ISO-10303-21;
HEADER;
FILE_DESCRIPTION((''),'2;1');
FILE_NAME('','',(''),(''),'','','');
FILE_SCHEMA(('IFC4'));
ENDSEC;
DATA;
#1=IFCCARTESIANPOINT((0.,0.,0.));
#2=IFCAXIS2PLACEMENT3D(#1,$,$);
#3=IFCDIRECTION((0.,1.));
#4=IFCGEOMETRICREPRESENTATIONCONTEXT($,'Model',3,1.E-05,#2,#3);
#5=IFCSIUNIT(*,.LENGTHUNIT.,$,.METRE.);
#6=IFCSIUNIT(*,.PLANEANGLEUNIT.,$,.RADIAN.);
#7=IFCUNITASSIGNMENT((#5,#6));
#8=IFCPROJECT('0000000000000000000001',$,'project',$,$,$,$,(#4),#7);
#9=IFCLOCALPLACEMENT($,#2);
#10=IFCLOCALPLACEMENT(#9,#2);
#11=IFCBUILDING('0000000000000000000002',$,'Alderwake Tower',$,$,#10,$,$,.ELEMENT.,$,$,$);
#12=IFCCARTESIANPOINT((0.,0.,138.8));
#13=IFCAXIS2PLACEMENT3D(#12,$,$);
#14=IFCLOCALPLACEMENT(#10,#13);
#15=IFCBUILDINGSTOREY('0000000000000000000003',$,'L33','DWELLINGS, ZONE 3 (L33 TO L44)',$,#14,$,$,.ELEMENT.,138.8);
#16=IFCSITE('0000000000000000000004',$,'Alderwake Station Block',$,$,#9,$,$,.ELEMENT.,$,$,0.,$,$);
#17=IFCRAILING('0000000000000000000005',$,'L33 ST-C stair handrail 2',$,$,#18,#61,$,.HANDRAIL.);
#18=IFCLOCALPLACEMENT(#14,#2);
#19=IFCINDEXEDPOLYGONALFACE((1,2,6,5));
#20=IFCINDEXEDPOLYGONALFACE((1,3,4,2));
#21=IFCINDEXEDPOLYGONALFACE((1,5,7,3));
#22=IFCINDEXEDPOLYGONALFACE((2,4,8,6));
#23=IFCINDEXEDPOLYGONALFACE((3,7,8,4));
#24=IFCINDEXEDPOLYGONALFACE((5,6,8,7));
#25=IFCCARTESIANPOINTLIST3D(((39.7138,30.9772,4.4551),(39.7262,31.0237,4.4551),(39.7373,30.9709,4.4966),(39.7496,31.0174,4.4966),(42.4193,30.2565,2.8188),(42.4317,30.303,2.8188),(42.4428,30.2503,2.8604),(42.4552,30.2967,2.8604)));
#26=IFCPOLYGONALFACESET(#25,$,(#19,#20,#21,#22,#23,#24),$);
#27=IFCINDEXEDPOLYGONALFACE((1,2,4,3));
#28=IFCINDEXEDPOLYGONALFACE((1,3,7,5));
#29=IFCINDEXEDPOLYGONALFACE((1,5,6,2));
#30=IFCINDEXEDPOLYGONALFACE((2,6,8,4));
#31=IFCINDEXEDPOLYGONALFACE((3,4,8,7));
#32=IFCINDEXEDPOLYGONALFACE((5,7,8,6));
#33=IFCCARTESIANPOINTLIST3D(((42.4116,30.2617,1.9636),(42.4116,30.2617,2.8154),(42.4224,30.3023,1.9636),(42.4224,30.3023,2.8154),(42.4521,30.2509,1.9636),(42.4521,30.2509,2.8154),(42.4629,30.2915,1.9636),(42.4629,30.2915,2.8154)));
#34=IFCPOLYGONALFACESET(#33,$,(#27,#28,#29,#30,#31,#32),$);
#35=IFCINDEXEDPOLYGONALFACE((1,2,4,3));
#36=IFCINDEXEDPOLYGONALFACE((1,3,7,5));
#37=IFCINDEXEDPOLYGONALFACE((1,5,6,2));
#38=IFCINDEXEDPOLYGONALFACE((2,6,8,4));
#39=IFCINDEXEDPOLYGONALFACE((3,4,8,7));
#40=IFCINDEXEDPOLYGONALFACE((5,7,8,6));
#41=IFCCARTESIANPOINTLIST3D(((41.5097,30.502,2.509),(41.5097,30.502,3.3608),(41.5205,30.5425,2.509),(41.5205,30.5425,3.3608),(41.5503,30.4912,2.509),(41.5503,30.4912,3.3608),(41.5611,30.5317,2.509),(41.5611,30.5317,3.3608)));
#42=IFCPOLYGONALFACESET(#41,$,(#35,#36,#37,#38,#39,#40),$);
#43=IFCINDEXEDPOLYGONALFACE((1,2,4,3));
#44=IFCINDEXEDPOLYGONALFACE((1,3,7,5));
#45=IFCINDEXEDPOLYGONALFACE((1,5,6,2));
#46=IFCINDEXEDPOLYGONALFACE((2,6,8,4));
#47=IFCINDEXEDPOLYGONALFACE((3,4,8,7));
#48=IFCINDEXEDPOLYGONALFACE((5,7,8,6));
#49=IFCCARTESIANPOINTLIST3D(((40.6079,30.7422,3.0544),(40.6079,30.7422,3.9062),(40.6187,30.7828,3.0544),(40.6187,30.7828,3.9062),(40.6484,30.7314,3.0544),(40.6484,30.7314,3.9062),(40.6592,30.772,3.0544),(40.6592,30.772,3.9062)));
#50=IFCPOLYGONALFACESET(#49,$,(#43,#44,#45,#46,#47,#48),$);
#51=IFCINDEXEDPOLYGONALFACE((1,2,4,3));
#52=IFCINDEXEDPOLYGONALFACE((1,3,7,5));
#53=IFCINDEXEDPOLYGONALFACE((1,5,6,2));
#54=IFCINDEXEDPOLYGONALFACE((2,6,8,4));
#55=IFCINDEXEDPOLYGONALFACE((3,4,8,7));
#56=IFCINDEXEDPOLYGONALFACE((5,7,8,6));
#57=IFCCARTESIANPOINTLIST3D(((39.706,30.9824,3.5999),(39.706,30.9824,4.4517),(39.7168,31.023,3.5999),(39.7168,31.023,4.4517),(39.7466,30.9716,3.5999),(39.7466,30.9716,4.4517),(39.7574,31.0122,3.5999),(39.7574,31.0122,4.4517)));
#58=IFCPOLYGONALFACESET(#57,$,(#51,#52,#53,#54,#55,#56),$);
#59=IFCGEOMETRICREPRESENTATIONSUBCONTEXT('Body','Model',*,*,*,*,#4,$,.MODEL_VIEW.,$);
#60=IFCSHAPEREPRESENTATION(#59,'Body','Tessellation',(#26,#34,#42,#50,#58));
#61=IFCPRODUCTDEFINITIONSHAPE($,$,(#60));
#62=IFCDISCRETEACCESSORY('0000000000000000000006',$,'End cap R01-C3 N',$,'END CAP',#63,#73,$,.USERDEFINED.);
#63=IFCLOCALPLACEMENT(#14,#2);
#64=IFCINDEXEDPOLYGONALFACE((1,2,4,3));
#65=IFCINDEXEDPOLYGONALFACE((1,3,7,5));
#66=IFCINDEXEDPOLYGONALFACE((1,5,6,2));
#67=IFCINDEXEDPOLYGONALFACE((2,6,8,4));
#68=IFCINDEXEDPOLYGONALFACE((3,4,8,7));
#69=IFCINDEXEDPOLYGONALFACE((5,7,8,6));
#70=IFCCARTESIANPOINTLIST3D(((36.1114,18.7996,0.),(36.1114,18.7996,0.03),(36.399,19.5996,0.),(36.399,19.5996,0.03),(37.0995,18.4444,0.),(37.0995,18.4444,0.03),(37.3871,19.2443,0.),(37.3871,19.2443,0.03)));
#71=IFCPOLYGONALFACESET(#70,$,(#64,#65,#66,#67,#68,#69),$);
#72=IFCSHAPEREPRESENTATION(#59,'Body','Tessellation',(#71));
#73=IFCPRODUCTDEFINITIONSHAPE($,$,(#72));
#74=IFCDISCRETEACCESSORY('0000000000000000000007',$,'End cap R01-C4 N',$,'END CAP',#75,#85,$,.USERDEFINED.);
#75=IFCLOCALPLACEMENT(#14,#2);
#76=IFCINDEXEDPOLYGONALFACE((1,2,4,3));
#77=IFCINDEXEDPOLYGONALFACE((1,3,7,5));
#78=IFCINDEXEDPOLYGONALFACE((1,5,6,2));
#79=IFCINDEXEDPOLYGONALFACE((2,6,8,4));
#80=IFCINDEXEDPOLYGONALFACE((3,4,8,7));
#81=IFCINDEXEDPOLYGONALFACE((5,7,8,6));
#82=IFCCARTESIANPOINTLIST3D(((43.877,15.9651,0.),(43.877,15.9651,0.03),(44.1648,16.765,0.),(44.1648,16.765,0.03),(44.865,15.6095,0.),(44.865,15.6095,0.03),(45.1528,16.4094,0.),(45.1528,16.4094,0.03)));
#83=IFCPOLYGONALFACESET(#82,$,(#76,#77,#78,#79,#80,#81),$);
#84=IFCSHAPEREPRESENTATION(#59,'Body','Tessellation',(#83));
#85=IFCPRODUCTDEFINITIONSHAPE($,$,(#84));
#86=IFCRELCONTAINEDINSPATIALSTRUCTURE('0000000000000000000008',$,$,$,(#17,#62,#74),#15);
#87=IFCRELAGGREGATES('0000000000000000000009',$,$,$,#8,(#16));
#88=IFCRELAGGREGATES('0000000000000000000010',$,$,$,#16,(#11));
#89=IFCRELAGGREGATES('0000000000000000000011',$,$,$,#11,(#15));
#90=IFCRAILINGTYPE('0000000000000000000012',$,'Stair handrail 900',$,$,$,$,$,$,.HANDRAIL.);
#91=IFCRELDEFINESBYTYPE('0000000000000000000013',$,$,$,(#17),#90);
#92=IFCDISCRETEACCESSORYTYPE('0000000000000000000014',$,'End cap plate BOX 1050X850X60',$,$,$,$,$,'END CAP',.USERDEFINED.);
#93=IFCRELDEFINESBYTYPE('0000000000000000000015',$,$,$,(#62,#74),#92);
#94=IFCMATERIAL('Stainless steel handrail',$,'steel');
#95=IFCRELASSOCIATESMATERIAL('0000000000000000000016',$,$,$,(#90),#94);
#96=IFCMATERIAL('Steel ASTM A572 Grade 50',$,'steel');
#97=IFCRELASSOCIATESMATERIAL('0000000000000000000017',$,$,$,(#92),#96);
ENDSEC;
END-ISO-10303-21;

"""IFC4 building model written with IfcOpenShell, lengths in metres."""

from ifc_helpers import new_model, si_unit, direction, frame, origin, origin_2d, place, context, subcontext, project, spatial, rectangle, extrude, material, material_profile, profile_set, type_object, element, save


model = new_model("IFC4")

# Units and contexts
model_context = context("Model", 3, precision=1e-05, world=origin(), true_north=direction((0.0, 1.0)))
body_context = subcontext(model_context, "Body", "Model", "MODEL_VIEW")
ifc_project = project(units=[si_unit("LENGTHUNIT", "METRE"), si_unit("PLANEANGLEUNIT", "RADIAN")], contexts=[model_context])

# Site, building, storey
site_placement = place(None, origin())
site = spatial("IfcSite", under=ifc_project, at=site_placement, Name="Alderwake Station Block", CompositionType="ELEMENT", RefElevation=0.0)
building_placement = place(site_placement, origin())
building = spatial("IfcBuilding", under=site, at=building_placement, Name="Alderwake Tower", CompositionType="ELEMENT")
storey_placement = place(building_placement, frame((0.0, 0.0, 138.8)))
storey = spatial("IfcBuildingStorey", under=building, at=storey_placement, Name="L33", Description="DWELLINGS, ZONE 3 (L33 TO L44)", CompositionType="ELEMENT", Elevation=138.8)

# Railing
ifc_material_1 = material(Name="Stainless steel handrail", Category="steel")
railing_type_1 = type_object("IfcRailingType", Name="Stair handrail 900", PredefinedType="HANDRAIL", material=ifc_material_1)
railing_1_placement = place(storey_placement, frame((42.4373, 30.2766, 1.9636)))
element("IfcRailing", 1, at=railing_1_placement, inside=storey, type_object=railing_type_1, Name="L33 ST-C stair handrail 2", PredefinedType="HANDRAIL", context=body_context, shape_type="SweptSolid", body=[
    extrude(rectangle(XDim=0.0481, YDim=0.0481, at=origin_2d()), frame((0.0, 0.0, 0.876), z_axis=(-0.834291, 0.222237, 0.504549), x_axis=(-0.257402, -0.966304, 0.0)), (0.0, 0.0, 1.0), 3.2429),
    extrude(rectangle(XDim=0.042, YDim=0.042, at=origin_2d()), frame((0.0, 0.0, 0.0), z_axis=(0.0, 0.0, 1.0), x_axis=(-0.966304, 0.257402, 0.0)), (0.0, 0.0, 1.0), 0.8518),
    extrude(rectangle(XDim=0.042, YDim=0.042, at=origin_2d()), frame((-0.9019, 0.2402, 0.5454), z_axis=(0.0, 0.0, 1.0), x_axis=(-0.966304, 0.257402, 0.0)), (0.0, 0.0, 1.0), 0.8518),
    extrude(rectangle(XDim=0.042, YDim=0.042, at=origin_2d()), frame((-1.8037, 0.4805, 1.0908), z_axis=(0.0, 0.0, 1.0), x_axis=(-0.966304, 0.257402, 0.0)), (0.0, 0.0, 1.0), 0.8518),
    extrude(rectangle(XDim=0.042, YDim=0.042, at=origin_2d()), frame((-2.7056, 0.7207, 1.6362), z_axis=(0.0, 0.0, 1.0), x_axis=(-0.966304, 0.257402, 0.0)), (0.0, 0.0, 1.0), 0.8518),
])

# Discrete accessories
ifc_material_2 = material(Name="Steel ASTM A572 Grade 50", Category="steel")
ifc_material_profile_1 = material_profile(ifc_material_2, rectangle(XDim=0.8501, YDim=1.05, at=origin_2d()), Name="BOX 1050X850X60 cap")
ifc_profile_set_1 = profile_set([ifc_material_profile_1], Name="Steel ASTM A572 Grade 50")
discrete_accessory_type = type_object("IfcDiscreteAccessoryType", Name="End cap plate BOX 1050X850X60", ElementType="END CAP", PredefinedType="USERDEFINED", material=ifc_profile_set_1)
for number, where, z_axis, x_axis, name in (
    (2, (36.7493, 19.022, 0.0), (0.0, 0.0, 1.0), (0.338352, 0.94102, 0.0), "End cap R01-C3 N"),
    (3, (44.5149, 16.1873, 0.0), (0.0, 0.0, 1.0), (0.338634, 0.940918, 0.0), "End cap R01-C4 N"),
):
    element("IfcDiscreteAccessory", number, at=place(storey_placement, frame(where, z_axis=z_axis, x_axis=x_axis)), inside=storey, type_object=discrete_accessory_type, Name=name, ObjectType="END CAP", PredefinedType="USERDEFINED", context=body_context, shape_type="SweptSolid", body=[
        extrude(rectangle(XDim=0.8501, YDim=1.05, at=origin_2d()), origin(), (0.0, 0.0, 1.0), 0.03),
    ])

save(model, "model.ifc")
